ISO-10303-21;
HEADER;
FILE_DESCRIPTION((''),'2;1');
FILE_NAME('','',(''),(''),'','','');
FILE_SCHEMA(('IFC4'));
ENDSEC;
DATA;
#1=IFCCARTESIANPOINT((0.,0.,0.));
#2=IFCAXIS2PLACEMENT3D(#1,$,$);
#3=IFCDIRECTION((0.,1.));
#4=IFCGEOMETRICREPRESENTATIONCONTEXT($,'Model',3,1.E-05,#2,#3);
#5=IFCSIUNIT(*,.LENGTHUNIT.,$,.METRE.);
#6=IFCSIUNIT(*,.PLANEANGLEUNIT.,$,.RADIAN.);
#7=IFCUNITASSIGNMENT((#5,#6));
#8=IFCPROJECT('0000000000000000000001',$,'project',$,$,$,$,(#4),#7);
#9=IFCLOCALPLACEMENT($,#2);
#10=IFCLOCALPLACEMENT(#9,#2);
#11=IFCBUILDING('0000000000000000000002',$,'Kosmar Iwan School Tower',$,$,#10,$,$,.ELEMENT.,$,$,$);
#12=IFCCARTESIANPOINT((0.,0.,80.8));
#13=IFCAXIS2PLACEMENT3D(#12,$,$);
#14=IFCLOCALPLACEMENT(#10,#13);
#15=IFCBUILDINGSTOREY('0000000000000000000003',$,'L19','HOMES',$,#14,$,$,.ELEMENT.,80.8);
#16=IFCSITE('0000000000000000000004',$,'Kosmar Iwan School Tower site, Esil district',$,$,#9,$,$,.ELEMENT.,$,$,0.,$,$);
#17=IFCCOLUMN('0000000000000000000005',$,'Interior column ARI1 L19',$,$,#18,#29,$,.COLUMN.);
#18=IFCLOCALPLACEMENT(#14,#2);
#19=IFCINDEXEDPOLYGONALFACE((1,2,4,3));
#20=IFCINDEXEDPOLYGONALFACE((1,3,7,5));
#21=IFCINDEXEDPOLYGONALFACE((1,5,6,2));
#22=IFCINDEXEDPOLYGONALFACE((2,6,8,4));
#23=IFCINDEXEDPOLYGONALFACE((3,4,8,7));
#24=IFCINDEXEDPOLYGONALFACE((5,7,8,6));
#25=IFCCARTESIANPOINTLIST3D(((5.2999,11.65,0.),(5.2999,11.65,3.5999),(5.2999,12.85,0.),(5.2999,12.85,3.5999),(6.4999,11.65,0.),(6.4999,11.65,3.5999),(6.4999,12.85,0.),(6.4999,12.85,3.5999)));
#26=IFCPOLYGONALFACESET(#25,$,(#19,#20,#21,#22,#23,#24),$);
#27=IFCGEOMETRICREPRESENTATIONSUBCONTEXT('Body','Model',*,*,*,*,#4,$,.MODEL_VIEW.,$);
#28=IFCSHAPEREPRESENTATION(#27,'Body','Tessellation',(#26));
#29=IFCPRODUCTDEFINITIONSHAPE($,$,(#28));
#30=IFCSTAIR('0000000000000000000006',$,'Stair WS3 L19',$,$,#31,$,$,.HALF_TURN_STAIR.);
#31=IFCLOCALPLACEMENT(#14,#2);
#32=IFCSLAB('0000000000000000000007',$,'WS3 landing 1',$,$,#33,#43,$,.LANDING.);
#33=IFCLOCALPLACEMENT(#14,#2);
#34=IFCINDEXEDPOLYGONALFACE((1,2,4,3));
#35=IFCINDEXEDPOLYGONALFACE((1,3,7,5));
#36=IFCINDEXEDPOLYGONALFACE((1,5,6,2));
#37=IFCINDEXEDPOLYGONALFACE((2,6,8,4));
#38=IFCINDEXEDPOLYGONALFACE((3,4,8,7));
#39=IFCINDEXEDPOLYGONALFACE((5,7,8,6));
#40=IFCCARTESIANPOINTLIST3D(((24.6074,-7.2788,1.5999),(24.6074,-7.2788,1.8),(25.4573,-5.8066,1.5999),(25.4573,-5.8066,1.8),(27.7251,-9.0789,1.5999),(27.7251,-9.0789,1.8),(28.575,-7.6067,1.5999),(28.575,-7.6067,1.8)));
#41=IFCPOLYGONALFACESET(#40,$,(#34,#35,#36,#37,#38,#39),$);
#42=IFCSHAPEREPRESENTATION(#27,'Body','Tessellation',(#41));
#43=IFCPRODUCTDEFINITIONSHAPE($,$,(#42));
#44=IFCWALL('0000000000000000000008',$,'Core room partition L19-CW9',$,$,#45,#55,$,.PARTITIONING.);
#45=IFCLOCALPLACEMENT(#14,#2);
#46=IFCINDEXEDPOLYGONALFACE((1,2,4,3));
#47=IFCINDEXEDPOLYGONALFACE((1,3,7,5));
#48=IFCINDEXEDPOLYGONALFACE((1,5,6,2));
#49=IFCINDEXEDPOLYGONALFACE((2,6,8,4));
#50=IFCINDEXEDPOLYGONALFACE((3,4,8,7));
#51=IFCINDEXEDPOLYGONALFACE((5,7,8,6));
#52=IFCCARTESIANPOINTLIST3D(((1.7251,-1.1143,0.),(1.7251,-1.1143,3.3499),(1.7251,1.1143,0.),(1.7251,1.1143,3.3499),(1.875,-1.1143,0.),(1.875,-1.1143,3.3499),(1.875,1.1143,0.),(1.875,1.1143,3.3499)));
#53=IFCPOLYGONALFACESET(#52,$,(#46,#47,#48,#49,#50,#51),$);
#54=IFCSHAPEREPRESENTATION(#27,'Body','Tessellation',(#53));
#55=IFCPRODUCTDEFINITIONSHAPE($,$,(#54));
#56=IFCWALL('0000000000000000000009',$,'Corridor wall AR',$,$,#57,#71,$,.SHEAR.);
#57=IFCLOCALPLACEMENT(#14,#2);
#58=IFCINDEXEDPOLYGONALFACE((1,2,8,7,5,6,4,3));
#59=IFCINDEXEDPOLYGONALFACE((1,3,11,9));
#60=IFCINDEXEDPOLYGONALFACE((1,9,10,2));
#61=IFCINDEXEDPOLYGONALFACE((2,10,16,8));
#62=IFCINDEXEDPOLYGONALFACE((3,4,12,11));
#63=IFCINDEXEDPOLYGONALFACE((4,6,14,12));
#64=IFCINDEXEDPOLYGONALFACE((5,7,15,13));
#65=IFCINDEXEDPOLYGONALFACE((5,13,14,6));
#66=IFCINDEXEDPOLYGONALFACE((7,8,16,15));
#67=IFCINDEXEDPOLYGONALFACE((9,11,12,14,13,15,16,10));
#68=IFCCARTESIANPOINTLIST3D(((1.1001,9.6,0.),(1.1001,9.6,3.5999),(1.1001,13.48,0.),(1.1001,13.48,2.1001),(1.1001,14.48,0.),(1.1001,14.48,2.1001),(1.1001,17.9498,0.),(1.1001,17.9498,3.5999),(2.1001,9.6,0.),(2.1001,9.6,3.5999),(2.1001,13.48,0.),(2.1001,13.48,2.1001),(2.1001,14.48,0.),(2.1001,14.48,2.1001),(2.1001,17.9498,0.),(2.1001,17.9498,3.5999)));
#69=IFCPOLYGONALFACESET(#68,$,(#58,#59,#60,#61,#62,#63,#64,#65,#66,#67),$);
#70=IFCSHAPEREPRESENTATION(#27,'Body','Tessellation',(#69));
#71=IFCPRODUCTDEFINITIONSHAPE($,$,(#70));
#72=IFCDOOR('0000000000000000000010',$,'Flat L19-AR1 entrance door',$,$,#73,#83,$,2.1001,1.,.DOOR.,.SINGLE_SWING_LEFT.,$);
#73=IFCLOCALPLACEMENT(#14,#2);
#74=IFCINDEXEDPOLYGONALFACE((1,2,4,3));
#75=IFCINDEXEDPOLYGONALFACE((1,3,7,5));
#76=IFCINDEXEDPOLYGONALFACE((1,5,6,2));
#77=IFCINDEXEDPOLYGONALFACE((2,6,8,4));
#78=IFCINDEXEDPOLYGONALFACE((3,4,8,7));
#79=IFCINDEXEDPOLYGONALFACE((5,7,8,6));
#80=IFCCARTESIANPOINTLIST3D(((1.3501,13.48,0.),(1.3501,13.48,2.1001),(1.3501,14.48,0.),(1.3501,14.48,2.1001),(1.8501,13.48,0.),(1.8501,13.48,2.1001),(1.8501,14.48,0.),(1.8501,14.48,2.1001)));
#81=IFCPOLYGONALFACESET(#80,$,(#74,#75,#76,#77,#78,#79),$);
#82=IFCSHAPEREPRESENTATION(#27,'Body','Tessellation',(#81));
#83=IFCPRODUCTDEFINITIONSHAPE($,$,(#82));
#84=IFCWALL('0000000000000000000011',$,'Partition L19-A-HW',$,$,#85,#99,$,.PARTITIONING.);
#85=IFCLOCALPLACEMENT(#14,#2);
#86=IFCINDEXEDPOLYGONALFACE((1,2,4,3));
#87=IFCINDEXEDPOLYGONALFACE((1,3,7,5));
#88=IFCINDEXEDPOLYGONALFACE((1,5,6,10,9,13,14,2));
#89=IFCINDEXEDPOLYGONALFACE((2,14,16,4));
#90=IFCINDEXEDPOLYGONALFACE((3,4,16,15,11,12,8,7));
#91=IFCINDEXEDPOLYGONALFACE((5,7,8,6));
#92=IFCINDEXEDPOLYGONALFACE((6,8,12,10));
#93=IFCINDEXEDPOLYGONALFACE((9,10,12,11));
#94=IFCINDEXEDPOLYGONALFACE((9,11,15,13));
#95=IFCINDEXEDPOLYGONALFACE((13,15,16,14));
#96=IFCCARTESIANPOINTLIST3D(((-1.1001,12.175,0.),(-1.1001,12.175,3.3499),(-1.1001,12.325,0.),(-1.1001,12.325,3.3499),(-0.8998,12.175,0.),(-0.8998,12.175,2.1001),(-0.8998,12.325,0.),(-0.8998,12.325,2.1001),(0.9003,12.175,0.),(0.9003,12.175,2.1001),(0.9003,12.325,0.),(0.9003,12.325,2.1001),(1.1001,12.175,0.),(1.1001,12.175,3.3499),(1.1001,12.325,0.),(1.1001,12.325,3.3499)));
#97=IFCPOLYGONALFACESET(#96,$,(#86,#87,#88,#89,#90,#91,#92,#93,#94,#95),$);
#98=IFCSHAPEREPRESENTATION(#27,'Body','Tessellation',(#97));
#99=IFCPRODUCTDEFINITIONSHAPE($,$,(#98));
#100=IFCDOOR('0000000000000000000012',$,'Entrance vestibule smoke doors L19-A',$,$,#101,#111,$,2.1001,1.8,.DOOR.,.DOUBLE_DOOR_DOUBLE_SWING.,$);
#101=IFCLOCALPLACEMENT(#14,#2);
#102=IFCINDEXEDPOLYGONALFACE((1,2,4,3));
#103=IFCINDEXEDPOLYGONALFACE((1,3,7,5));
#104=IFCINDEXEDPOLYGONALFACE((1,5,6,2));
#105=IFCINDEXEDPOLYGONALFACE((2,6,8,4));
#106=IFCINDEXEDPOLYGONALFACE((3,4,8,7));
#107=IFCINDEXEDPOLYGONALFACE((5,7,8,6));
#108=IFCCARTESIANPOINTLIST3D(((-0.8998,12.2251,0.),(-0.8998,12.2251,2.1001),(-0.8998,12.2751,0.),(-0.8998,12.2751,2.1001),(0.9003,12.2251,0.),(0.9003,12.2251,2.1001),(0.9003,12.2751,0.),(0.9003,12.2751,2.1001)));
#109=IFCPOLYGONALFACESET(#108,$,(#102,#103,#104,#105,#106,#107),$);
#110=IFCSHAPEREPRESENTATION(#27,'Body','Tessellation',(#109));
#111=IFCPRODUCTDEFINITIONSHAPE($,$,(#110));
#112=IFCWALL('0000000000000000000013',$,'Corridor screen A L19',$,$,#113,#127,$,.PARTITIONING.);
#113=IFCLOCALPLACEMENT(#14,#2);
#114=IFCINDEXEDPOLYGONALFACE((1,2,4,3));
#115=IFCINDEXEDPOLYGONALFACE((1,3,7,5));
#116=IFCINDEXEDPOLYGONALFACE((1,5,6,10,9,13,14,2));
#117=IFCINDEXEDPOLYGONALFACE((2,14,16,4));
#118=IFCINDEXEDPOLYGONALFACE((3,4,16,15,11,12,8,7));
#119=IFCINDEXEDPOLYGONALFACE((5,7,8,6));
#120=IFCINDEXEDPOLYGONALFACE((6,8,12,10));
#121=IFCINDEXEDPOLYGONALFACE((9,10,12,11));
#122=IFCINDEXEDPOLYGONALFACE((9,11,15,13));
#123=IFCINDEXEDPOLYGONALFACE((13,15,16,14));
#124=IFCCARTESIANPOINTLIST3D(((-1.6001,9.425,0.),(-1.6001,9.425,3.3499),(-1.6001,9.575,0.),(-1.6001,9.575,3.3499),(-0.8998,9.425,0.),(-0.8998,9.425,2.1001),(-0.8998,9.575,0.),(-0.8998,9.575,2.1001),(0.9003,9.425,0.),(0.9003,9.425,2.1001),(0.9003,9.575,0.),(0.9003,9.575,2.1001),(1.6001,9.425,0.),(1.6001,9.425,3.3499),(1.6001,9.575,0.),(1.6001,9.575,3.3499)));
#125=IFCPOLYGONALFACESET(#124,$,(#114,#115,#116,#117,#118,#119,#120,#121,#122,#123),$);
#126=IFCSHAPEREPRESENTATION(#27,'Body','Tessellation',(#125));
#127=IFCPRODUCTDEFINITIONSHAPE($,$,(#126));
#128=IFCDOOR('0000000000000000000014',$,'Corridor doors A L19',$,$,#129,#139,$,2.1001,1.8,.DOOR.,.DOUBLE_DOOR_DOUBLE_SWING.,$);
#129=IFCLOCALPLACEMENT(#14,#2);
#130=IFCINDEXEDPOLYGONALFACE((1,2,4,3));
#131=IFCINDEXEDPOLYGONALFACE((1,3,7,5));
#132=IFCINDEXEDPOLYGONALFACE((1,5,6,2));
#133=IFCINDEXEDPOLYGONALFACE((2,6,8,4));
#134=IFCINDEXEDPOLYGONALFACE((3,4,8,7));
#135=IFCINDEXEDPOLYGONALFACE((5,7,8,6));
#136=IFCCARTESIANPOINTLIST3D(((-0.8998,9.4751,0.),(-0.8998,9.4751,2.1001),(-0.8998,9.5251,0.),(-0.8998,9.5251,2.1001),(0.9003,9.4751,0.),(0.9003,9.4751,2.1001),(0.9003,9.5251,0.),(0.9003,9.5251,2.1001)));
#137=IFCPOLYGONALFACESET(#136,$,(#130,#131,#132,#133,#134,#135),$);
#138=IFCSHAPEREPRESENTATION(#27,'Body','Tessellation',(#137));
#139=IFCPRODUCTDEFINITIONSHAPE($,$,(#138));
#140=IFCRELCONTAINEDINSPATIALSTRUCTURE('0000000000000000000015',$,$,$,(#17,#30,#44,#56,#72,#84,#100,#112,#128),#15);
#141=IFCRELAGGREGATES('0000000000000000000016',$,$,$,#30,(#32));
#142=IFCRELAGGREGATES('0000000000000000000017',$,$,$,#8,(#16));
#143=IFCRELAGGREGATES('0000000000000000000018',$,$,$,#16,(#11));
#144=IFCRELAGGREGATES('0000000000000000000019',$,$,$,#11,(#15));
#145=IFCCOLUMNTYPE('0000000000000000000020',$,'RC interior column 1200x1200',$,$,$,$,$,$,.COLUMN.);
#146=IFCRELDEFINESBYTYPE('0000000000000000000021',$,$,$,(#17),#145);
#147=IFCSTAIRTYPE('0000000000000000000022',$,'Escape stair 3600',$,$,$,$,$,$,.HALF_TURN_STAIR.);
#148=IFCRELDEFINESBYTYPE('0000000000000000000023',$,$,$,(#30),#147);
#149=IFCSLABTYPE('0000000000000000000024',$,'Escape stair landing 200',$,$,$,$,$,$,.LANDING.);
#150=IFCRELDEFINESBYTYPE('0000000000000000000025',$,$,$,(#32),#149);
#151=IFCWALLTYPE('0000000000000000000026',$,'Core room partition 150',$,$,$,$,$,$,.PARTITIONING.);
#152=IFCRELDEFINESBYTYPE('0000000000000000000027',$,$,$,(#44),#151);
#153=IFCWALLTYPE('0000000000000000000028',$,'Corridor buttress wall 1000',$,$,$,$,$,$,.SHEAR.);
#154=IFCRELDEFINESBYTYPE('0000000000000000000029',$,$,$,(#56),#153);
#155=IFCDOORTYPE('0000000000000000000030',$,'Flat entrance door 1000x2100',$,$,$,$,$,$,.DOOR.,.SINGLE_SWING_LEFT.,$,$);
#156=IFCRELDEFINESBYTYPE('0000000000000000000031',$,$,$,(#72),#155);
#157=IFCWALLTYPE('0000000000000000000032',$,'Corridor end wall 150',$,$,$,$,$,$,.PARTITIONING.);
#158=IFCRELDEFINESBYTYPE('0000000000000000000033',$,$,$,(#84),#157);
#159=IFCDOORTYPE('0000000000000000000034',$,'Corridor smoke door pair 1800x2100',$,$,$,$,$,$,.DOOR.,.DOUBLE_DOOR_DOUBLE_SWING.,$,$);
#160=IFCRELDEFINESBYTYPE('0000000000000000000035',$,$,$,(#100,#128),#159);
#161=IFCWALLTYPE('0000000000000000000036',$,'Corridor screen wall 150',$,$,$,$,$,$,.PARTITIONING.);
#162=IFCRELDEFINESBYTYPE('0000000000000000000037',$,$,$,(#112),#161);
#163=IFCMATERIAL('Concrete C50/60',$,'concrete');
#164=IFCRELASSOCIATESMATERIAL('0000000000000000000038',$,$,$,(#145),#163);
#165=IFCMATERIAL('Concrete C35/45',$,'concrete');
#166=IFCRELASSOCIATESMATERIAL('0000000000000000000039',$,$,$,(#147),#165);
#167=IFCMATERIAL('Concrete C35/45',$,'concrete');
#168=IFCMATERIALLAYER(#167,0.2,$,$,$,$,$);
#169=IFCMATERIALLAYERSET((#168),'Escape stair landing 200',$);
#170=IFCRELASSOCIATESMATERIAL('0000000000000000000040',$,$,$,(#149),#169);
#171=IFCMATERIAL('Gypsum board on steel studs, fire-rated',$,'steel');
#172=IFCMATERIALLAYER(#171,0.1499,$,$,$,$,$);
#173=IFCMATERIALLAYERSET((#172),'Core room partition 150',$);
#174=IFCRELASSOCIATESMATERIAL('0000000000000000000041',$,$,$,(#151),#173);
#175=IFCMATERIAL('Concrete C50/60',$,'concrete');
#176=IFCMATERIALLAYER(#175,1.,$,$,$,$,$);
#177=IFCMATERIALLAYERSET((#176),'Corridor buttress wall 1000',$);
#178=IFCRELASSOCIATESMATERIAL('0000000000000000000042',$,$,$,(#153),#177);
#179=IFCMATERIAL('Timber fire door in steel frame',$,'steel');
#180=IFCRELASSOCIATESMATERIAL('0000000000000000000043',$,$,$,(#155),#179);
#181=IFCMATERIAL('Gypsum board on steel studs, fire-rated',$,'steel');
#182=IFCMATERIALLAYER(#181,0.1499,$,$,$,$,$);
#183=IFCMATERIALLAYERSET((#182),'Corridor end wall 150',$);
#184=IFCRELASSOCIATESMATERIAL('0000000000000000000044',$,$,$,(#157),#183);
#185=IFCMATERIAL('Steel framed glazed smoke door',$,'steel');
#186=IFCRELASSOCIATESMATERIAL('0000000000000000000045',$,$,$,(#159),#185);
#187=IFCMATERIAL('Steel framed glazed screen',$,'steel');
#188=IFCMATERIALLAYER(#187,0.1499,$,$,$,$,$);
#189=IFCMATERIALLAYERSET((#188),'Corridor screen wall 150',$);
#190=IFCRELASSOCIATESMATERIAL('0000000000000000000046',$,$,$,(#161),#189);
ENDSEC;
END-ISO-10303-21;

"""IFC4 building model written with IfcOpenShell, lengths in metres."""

from ifc_helpers import new_model, si_unit, direction, frame, frame_2d, origin, origin_2d, place, context, subcontext, project, spatial, polyline, rectangle, outline, extrude, material, layer, layer_set, material_profile, profile_set, type_object, element, fill, aggregate, save


model = new_model("IFC4")

# Units and contexts
model_context = context("Model", 3, precision=1e-05, world=origin(), true_north=direction((0.0, 1.0)))
body_context = subcontext(model_context, "Body", "Model", "MODEL_VIEW")
ifc_project = project(units=[si_unit("LENGTHUNIT", "METRE"), si_unit("PLANEANGLEUNIT", "RADIAN")], contexts=[model_context])

# Site, building, storey
site_placement = place(None, origin())
site = spatial("IfcSite", under=ifc_project, at=site_placement, Name="Kosmar Iwan School Tower site, Esil district", CompositionType="ELEMENT", RefElevation=0.0)
building_placement = place(site_placement, origin())
building = spatial("IfcBuilding", under=site, at=building_placement, Name="Kosmar Iwan School Tower", CompositionType="ELEMENT")
storey_placement = place(building_placement, frame((0.0, 0.0, 80.8)))
storey = spatial("IfcBuildingStorey", under=building, at=storey_placement, Name="L19", Description="HOMES", CompositionType="ELEMENT", Elevation=80.8)

# Column
ifc_material_1 = material(Name="Concrete C50/60", Category="concrete")
ifc_material_profile = material_profile(ifc_material_1, rectangle(XDim=1.2, YDim=1.2, at=origin_2d()), Name="RC 1200x1200")
ifc_profile_set = profile_set([ifc_material_profile], Name="Concrete C50/60")
column_type = type_object("IfcColumnType", Name="RC interior column 1200x1200", PredefinedType="COLUMN", material=ifc_profile_set)
column_placement = place(storey_placement, frame((5.8999, 12.25, 0.0), z_axis=(0.0, 0.0, 1.0), x_axis=(0.0, 1.0, 0.0)))
element("IfcColumn", 1, at=column_placement, inside=storey, type_object=column_type, Name="Interior column ARI1 L19", PredefinedType="COLUMN", context=body_context, shape_type="SweptSolid", body=[
    extrude(rectangle(XDim=1.2, YDim=1.2, at=origin_2d()), origin(), (0.0, 0.0, 1.0), 3.5999),
])

# Stair, slab
ifc_material_2 = material(Name="Concrete C35/45", Category="concrete")
stair_type = type_object("IfcStairType", Name="Escape stair 3600", PredefinedType="HALF_TURN_STAIR", material=ifc_material_2)
stair_placement = place(storey_placement, origin())
stair = element("IfcStair", 2, at=stair_placement, inside=storey, type_object=stair_type, Name="Stair WS3 L19", PredefinedType="HALF_TURN_STAIR")
ifc_material_3 = material(Name="Concrete C35/45", Category="concrete")
ifc_layer_1 = layer(ifc_material_3, 0.2)
ifc_layer_set_1 = layer_set([ifc_layer_1], Name="Escape stair landing 200")
slab_type = type_object("IfcSlabType", Name="Escape stair landing 200", PredefinedType="LANDING", material=ifc_layer_set_1)
slab_placement = place(storey_placement, frame((0.0, 0.0, 1.5999)))
slab = element("IfcSlab", 3, at=slab_placement, type_object=slab_type, Name="WS3 landing 1", PredefinedType="LANDING", context=body_context, shape_type="SweptSolid", body=[
    extrude(outline(polyline([(24.6074, -7.2788), (27.7251, -9.0789), (28.575, -7.6067), (25.4573, -5.8066), (24.6074, -7.2788)])), origin(), (0.0, 0.0, 1.0), 0.2002),
])
aggregate(stair, [slab])

# Wall
ifc_material_4 = material(Name="Gypsum board on steel studs, fire-rated", Category="steel")
ifc_layer_2 = layer(ifc_material_4, 0.1499)
ifc_layer_set_2 = layer_set([ifc_layer_2], Name="Core room partition 150")
wall_type_1 = type_object("IfcWallType", Name="Core room partition 150", PredefinedType="PARTITIONING", material=ifc_layer_set_2)
wall_1_placement = place(storey_placement, frame((1.8, 1.1143, 0.0), z_axis=(0.0, 0.0, 1.0), x_axis=(0.0, -1.0, 0.0)))
element("IfcWall", 4, at=wall_1_placement, inside=storey, type_object=wall_type_1, Name="Core room partition L19-CW9", PredefinedType="PARTITIONING", context=body_context, shape_type="SweptSolid", body=[
    extrude(rectangle(XDim=2.2285, YDim=0.1499, at=frame_2d((1.1143, 0.0))), origin(), (0.0, 0.0, 1.0), 3.3499),
])

# Walls, openings, doors
ifc_material_5 = material(Name="Concrete C50/60", Category="concrete")
ifc_layer_3 = layer(ifc_material_5, 1.0)
ifc_layer_set_3 = layer_set([ifc_layer_3], Name="Corridor buttress wall 1000")
wall_type_2 = type_object("IfcWallType", Name="Corridor buttress wall 1000", PredefinedType="SHEAR", material=ifc_layer_set_3)
wall_2_placement = place(storey_placement, frame((1.6001, 9.6001, 0.0), z_axis=(0.0, 0.0, 1.0), x_axis=(0.0, 1.0, 0.0)))
wall_2 = element("IfcWall", 5, at=wall_2_placement, inside=storey, type_object=wall_type_2, Name="Corridor wall AR", PredefinedType="SHEAR", context=body_context, shape_type="SweptSolid", body=[
    extrude(rectangle(XDim=8.3499, YDim=1.0, at=frame_2d((4.1748, 0.0))), origin(), (0.0, 0.0, 1.0), 3.5999),
])
opening_1_placement = place(wall_2_placement, frame((3.8799, 0.0, 0.0)))
opening_1 = element("IfcOpeningElement", 6, at=opening_1_placement, cuts=wall_2, PredefinedType="OPENING", context=body_context, shape_type="SweptSolid", body=[
    extrude(rectangle(XDim=1.0, YDim=2.1001, at=frame_2d((0.5, 1.05))), frame((0.0, 0.512, 0.0), z_axis=(0.0, -1.0, 0.0), x_axis=(1.0, 0.0, 0.0)), (0.0, 0.0, 1.0), 1.0239),
])
ifc_material_6 = material(Name="Timber fire door in steel frame", Category="steel")
door_type_1 = type_object("IfcDoorType", Name="Flat entrance door 1000x2100", OperationType="SINGLE_SWING_LEFT", PredefinedType="DOOR", material=ifc_material_6)
door_1_placement = place(opening_1_placement, origin())
door_1 = element("IfcDoor", 7, at=door_1_placement, inside=storey, type_object=door_type_1, Name="Flat L19-AR1 entrance door", OperationType="SINGLE_SWING_LEFT", OverallHeight=2.1001, OverallWidth=1.0, PredefinedType="DOOR", context=body_context, shape_type="SweptSolid", body=[
    extrude(rectangle(XDim=1.0, YDim=2.1001, at=frame_2d((0.5, 1.05))), frame((0.0, 0.25, 0.0), z_axis=(0.0, -1.0, 0.0), x_axis=(1.0, 0.0, 0.0)), (0.0, 0.0, 1.0), 0.5),
])
fill(opening_1, door_1)
ifc_material_7 = material(Name="Gypsum board on steel studs, fire-rated", Category="steel")
ifc_layer_4 = layer(ifc_material_7, 0.1499)
ifc_layer_set_4 = layer_set([ifc_layer_4], Name="Corridor end wall 150")
wall_type_3 = type_object("IfcWallType", Name="Corridor end wall 150", PredefinedType="PARTITIONING", material=ifc_layer_set_4)
wall_3_placement = place(storey_placement, frame((1.1001, 12.25, 0.0), z_axis=(0.0, 0.0, 1.0), x_axis=(-1.0, 0.0, 0.0)))
wall_3 = element("IfcWall", 8, at=wall_3_placement, inside=storey, type_object=wall_type_3, Name="Partition L19-A-HW", PredefinedType="PARTITIONING", context=body_context, shape_type="SweptSolid", body=[
    extrude(rectangle(XDim=2.2002, YDim=0.1499, at=frame_2d((1.1001, 0.0))), origin(), (0.0, 0.0, 1.0), 3.3499),
])
opening_2_placement = place(wall_3_placement, frame((0.2, 0.0, 0.0)))
opening_2 = element("IfcOpeningElement", 9, at=opening_2_placement, cuts=wall_3, PredefinedType="OPENING", context=body_context, shape_type="SweptSolid", body=[
    extrude(rectangle(XDim=1.8, YDim=2.1001, at=frame_2d((0.8999, 1.05))), frame((0.0, 0.0869, 0.0), z_axis=(0.0, -1.0, 0.0), x_axis=(1.0, 0.0, 0.0)), (0.0, 0.0, 1.0), 0.1738),
])
ifc_material_8 = material(Name="Steel framed glazed smoke door", Category="steel")
door_type_2 = type_object("IfcDoorType", Name="Corridor smoke door pair 1800x2100", OperationType="DOUBLE_DOOR_DOUBLE_SWING", PredefinedType="DOOR", material=ifc_material_8)
door_2_placement = place(opening_2_placement, origin())
door_2 = element("IfcDoor", 10, at=door_2_placement, inside=storey, type_object=door_type_2, Name="Entrance vestibule smoke doors L19-A", OperationType="DOUBLE_DOOR_DOUBLE_SWING", OverallHeight=2.1001, OverallWidth=1.8, PredefinedType="DOOR", context=body_context, shape_type="SweptSolid", body=[
    extrude(rectangle(XDim=1.8, YDim=2.1001, at=frame_2d((0.8999, 1.05))), frame((0.0, 0.0249, 0.0), z_axis=(0.0, -1.0, 0.0), x_axis=(1.0, 0.0, 0.0)), (0.0, 0.0, 1.0), 0.05),
])
fill(opening_2, door_2)
ifc_material_9 = material(Name="Steel framed glazed screen", Category="steel")
ifc_layer_5 = layer(ifc_material_9, 0.1499)
ifc_layer_set_5 = layer_set([ifc_layer_5], Name="Corridor screen wall 150")
wall_type_4 = type_object("IfcWallType", Name="Corridor screen wall 150", PredefinedType="PARTITIONING", material=ifc_layer_set_5)
wall_4_placement = place(storey_placement, frame((1.6001, 9.5, 0.0), z_axis=(0.0, 0.0, 1.0), x_axis=(-1.0, 0.0, 0.0)))
wall_4 = element("IfcWall", 11, at=wall_4_placement, inside=storey, type_object=wall_type_4, Name="Corridor screen A L19", PredefinedType="PARTITIONING", context=body_context, shape_type="SweptSolid", body=[
    extrude(rectangle(XDim=3.2002, YDim=0.1499, at=frame_2d((1.6001, 0.0))), origin(), (0.0, 0.0, 1.0), 3.3499),
])
opening_3_placement = place(wall_4_placement, frame((0.7, 0.0, 0.0)))
opening_3 = element("IfcOpeningElement", 12, at=opening_3_placement, cuts=wall_4, PredefinedType="OPENING", context=body_context, shape_type="SweptSolid", body=[
    extrude(rectangle(XDim=1.8, YDim=2.1001, at=frame_2d((0.8999, 1.05))), frame((0.0, 0.0869, 0.0), z_axis=(0.0, -1.0, 0.0), x_axis=(1.0, 0.0, 0.0)), (0.0, 0.0, 1.0), 0.1738),
])
door_3_placement = place(opening_3_placement, origin())
door_3 = element("IfcDoor", 13, at=door_3_placement, inside=storey, type_object=door_type_2, Name="Corridor doors A L19", OperationType="DOUBLE_DOOR_DOUBLE_SWING", OverallHeight=2.1001, OverallWidth=1.8, PredefinedType="DOOR", context=body_context, shape_type="SweptSolid", body=[
    extrude(rectangle(XDim=1.8, YDim=2.1001, at=frame_2d((0.8999, 1.05))), frame((0.0, 0.0249, 0.0), z_axis=(0.0, -1.0, 0.0), x_axis=(1.0, 0.0, 0.0)), (0.0, 0.0, 1.0), 0.05),
])
fill(opening_3, door_3)

save(model, "model.ifc")
